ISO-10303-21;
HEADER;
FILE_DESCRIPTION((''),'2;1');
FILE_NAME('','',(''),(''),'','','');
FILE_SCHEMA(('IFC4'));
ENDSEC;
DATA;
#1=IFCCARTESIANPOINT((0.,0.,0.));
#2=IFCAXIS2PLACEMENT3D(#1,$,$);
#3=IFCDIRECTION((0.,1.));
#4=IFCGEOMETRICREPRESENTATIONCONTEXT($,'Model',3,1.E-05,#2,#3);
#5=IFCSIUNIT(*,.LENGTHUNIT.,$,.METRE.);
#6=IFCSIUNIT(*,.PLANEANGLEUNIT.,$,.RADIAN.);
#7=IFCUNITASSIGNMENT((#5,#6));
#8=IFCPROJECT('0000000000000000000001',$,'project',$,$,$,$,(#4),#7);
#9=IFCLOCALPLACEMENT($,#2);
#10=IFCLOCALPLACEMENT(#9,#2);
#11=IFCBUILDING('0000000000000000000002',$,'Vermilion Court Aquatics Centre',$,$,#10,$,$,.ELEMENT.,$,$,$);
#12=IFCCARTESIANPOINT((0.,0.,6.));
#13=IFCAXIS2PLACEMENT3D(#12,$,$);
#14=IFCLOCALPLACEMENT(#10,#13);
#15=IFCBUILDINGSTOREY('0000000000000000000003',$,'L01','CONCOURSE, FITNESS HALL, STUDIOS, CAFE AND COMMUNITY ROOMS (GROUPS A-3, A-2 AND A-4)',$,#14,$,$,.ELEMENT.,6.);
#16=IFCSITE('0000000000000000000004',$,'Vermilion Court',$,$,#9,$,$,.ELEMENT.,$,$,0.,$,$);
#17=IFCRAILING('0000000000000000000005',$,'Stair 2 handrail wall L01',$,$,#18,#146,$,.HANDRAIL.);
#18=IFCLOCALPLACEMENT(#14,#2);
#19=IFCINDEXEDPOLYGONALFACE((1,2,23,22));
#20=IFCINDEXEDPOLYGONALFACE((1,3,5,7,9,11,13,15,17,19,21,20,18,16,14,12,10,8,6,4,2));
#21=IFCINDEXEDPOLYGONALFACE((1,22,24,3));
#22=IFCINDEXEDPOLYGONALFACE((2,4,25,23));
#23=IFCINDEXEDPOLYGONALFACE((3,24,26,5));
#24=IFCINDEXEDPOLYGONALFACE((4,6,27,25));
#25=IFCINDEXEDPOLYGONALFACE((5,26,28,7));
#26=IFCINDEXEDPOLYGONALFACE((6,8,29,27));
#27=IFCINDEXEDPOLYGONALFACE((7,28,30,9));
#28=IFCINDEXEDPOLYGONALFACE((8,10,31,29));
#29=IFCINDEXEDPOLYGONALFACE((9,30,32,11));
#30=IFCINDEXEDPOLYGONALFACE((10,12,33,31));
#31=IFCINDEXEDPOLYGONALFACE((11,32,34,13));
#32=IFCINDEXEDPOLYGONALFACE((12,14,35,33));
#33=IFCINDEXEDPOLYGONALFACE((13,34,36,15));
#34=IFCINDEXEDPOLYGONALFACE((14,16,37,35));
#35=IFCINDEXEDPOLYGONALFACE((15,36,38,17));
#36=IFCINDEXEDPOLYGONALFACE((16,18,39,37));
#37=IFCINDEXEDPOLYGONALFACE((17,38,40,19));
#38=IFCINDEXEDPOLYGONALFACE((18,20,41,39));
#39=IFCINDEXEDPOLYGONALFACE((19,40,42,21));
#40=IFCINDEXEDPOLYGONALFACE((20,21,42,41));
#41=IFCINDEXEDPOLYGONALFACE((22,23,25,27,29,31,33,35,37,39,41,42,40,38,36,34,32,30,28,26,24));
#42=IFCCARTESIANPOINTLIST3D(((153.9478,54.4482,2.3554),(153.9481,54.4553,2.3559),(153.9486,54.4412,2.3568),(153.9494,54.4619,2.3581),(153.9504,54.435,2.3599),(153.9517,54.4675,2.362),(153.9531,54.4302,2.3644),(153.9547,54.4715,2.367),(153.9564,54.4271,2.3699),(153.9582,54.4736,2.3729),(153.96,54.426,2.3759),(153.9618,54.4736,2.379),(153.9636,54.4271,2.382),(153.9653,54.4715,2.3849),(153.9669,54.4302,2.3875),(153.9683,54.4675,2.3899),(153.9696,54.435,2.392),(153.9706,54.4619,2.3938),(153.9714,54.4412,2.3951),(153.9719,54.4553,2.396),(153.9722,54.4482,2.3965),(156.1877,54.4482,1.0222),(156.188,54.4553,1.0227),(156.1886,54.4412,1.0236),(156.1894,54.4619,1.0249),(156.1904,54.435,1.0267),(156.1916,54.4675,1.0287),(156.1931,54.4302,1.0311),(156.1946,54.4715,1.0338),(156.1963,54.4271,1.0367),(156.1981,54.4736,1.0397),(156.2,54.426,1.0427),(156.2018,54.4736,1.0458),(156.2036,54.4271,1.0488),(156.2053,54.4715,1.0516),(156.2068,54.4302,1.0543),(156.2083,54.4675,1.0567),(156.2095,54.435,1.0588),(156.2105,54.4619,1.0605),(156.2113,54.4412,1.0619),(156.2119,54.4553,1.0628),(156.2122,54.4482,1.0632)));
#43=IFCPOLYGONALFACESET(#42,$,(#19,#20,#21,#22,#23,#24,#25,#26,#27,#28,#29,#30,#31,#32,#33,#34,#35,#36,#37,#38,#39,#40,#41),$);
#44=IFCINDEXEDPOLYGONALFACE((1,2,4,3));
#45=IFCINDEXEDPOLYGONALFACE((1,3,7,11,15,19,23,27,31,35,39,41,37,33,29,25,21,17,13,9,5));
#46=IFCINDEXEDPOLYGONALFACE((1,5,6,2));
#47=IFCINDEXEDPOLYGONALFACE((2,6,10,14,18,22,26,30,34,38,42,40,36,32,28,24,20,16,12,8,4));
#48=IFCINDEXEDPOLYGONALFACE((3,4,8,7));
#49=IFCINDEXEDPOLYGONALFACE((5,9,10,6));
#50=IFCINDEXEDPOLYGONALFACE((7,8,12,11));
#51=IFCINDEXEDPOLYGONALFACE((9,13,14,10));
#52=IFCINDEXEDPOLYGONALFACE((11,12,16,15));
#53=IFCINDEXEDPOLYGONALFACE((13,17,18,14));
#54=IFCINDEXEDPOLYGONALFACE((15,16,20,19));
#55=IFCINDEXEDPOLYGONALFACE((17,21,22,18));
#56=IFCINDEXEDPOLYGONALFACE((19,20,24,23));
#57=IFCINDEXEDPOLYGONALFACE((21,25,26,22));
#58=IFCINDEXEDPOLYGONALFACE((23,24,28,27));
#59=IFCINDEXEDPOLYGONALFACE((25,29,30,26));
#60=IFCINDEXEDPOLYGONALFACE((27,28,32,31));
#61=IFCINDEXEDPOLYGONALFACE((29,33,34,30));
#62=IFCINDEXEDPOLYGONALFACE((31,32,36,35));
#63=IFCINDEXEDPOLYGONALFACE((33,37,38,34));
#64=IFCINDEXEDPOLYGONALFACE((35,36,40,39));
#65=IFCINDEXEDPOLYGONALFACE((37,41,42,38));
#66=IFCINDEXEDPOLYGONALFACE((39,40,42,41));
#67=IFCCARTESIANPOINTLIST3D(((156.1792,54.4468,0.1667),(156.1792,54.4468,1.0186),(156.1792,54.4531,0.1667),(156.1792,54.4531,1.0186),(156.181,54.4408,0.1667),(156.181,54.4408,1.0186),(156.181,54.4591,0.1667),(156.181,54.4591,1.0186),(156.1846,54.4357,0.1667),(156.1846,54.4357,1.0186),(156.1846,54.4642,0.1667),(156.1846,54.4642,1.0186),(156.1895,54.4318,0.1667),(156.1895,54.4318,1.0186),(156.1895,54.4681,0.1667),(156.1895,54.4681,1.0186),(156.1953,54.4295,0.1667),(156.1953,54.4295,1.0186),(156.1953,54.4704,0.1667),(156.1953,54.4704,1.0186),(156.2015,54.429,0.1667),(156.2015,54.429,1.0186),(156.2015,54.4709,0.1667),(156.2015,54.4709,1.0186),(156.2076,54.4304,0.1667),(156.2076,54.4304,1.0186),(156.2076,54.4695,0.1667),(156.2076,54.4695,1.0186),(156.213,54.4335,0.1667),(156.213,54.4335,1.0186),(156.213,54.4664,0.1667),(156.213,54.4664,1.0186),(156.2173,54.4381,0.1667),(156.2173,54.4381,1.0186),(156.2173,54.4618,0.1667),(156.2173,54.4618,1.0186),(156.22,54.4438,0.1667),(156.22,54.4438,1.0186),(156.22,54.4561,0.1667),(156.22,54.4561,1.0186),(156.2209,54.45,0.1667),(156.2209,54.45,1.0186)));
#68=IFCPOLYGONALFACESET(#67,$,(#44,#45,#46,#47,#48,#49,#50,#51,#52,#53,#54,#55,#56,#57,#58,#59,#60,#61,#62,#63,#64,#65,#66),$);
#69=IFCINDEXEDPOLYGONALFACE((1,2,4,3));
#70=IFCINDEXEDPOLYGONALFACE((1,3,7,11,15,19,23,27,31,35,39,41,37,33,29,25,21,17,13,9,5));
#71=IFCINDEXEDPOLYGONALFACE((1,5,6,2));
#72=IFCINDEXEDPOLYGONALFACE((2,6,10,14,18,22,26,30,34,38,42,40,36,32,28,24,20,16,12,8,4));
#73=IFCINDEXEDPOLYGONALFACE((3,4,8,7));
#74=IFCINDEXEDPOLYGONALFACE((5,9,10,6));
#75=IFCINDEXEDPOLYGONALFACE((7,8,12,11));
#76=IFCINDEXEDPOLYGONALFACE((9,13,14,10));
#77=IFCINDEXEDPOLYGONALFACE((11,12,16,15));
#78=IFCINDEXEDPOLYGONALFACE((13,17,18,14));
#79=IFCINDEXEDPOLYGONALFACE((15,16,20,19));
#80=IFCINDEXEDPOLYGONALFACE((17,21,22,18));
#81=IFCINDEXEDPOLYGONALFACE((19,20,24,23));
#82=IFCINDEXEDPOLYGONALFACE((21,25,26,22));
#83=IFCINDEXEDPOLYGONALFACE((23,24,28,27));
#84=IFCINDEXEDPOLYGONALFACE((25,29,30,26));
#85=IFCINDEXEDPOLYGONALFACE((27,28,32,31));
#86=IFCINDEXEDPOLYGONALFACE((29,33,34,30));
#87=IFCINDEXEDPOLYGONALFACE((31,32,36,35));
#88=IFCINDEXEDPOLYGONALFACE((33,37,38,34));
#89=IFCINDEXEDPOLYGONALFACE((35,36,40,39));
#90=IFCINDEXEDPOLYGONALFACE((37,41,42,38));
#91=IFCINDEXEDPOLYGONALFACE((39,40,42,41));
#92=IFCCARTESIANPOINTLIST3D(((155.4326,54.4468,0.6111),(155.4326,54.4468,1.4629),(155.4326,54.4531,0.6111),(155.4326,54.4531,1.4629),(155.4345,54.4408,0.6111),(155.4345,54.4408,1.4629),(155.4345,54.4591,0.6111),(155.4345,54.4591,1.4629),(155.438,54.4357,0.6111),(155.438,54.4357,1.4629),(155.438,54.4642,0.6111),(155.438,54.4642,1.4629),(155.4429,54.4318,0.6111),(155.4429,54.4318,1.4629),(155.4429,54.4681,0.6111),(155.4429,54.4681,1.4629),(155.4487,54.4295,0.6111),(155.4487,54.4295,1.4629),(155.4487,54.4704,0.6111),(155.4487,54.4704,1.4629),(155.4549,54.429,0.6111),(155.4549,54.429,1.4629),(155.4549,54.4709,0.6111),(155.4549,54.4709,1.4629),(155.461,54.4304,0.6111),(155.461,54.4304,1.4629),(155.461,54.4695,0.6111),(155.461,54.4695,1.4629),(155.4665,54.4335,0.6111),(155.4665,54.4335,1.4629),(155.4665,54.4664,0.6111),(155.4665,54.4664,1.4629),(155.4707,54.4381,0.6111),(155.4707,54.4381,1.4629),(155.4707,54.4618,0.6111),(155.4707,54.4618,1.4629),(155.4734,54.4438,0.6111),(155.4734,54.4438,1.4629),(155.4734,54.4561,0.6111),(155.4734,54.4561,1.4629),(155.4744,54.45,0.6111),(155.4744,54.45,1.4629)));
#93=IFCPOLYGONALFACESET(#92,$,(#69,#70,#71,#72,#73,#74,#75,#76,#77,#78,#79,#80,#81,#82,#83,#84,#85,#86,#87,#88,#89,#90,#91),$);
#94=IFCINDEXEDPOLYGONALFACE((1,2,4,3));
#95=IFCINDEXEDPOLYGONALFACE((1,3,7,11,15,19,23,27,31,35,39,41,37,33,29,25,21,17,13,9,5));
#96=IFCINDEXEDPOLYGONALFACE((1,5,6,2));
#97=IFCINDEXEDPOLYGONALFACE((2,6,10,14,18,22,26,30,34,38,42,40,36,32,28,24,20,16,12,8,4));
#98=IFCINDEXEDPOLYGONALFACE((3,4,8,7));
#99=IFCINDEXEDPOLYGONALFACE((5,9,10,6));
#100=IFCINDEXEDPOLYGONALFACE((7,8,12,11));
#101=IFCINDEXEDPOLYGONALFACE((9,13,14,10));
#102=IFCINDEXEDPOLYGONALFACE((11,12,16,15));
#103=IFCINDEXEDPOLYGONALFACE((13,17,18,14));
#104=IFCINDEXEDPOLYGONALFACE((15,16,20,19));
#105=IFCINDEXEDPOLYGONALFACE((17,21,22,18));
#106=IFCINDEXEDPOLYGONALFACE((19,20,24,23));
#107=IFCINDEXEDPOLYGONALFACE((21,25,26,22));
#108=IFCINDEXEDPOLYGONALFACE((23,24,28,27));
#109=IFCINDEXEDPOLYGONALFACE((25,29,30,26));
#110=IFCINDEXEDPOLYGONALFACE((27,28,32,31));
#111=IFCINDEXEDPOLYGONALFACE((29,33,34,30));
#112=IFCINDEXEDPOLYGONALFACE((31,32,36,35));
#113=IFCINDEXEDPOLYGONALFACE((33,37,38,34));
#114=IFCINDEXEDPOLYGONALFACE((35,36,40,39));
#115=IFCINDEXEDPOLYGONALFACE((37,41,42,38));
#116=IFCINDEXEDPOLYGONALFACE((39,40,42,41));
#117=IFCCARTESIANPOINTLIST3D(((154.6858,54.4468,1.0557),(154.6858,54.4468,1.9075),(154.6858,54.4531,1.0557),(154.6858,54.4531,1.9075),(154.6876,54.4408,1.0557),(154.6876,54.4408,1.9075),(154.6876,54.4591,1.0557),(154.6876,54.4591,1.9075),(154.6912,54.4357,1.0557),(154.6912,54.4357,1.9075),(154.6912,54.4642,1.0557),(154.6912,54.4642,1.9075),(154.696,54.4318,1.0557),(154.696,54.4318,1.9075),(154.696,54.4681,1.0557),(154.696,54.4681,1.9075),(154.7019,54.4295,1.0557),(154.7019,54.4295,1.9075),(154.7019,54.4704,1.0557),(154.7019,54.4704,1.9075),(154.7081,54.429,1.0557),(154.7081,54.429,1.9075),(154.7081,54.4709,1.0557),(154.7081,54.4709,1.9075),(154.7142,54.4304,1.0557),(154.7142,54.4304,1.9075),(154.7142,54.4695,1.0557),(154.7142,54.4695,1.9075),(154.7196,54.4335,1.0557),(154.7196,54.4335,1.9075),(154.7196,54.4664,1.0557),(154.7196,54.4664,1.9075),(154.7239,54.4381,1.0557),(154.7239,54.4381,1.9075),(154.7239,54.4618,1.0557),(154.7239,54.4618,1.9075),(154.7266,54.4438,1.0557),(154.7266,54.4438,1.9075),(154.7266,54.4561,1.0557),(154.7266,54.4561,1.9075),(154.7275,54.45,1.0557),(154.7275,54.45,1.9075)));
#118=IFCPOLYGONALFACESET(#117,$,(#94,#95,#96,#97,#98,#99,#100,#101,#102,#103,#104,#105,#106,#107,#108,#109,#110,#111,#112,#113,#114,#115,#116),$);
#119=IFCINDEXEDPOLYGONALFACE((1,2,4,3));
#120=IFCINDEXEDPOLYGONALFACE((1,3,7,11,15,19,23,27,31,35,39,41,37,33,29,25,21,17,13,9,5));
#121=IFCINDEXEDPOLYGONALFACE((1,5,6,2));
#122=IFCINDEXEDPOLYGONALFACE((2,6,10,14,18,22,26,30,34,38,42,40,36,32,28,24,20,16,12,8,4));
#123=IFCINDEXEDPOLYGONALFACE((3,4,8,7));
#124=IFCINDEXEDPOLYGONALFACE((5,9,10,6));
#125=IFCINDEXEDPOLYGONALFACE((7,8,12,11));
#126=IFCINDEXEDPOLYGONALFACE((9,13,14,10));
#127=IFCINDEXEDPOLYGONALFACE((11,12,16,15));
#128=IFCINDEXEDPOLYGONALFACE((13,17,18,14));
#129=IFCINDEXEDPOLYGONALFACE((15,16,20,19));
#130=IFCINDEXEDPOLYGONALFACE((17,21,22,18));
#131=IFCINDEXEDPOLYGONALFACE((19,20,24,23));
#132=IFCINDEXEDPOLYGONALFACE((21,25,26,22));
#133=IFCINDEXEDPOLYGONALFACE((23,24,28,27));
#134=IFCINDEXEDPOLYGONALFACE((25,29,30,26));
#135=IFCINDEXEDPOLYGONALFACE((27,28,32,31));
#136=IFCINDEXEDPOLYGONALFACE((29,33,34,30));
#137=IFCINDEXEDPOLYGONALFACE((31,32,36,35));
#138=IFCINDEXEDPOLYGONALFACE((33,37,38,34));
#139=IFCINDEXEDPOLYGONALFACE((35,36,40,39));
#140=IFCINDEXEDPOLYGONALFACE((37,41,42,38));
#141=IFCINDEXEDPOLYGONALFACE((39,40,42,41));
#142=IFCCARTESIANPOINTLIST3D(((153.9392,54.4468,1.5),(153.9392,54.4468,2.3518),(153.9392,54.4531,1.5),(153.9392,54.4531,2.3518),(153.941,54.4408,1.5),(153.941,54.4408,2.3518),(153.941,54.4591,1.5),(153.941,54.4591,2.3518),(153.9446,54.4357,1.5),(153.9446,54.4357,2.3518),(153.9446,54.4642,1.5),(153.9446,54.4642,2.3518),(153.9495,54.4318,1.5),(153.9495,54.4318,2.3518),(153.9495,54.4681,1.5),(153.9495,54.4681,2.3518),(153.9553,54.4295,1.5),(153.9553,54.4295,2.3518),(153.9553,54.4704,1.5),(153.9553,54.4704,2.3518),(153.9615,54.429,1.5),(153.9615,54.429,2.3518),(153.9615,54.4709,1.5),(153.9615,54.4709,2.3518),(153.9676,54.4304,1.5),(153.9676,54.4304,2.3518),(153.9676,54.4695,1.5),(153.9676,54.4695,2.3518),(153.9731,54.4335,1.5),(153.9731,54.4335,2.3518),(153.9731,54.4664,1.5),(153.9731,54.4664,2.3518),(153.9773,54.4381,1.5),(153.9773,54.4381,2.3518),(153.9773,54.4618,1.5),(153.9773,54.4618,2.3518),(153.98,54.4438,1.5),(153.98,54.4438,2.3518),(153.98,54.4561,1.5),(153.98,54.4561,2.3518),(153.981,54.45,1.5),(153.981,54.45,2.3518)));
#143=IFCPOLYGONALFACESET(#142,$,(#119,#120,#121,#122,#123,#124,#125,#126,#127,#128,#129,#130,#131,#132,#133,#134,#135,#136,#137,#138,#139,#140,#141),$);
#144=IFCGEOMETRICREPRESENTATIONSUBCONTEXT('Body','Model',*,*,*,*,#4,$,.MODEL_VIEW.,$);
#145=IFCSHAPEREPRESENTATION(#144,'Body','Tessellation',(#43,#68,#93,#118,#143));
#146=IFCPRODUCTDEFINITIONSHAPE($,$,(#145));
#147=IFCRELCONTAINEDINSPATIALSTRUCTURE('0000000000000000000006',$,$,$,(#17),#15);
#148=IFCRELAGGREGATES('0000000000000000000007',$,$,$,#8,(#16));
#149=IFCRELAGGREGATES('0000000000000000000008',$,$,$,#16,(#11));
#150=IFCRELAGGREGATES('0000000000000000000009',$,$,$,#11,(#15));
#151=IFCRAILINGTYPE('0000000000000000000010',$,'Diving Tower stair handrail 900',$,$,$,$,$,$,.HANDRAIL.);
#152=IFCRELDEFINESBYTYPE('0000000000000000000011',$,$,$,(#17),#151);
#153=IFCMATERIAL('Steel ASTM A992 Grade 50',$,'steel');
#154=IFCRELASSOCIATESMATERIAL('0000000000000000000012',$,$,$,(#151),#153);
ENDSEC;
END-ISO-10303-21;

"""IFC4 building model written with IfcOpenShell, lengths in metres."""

from ifc_helpers import new_model, si_unit, direction, frame, origin, origin_2d, place, context, subcontext, project, spatial, circle, extrude, material, type_object, element, save


model = new_model("IFC4")

# Units and contexts
model_context = context("Model", 3, precision=1e-05, world=origin(), true_north=direction((0.0, 1.0)))
body_context = subcontext(model_context, "Body", "Model", "MODEL_VIEW")
ifc_project = project(units=[si_unit("LENGTHUNIT", "METRE"), si_unit("PLANEANGLEUNIT", "RADIAN")], contexts=[model_context])

# Site, building, storey
site_placement = place(None, origin())
site = spatial("IfcSite", under=ifc_project, at=site_placement, Name="Vermilion Court", CompositionType="ELEMENT", RefElevation=0.0)
building_placement = place(site_placement, origin())
building = spatial("IfcBuilding", under=site, at=building_placement, Name="Vermilion Court Aquatics Centre", CompositionType="ELEMENT")
storey_placement = place(building_placement, frame((0.0, 0.0, 6.0)))
storey = spatial("IfcBuildingStorey", under=building, at=storey_placement, Name="L01", Description="CONCOURSE, FITNESS HALL, STUDIOS, CAFE AND COMMUNITY ROOMS (GROUPS A-3, A-2 AND A-4)", CompositionType="ELEMENT", Elevation=6.0)

# Railing
ifc_material_1 = material(Name="Steel ASTM A992 Grade 50", Category="steel")
railing_type_1 = type_object("IfcRailingType", Name="Diving Tower stair handrail 900", PredefinedType="HANDRAIL", material=ifc_material_1)
for number, where, name in (
    (1, (156.2, 54.45, 0.1667), "Stair 2 handrail wall L01"),
):
    element("IfcRailing", number, at=place(storey_placement, frame(where)), inside=storey, type_object=railing_type_1, Name=name, PredefinedType="HANDRAIL", context=body_context, shape_type="SweptSolid", body=[
        extrude(circle(Radius=0.0239, at=origin_2d()), frame((0.0, 0.0, 0.876), z_axis=(-0.859306, 0.0, 0.511462), x_axis=(0.0, -1.0, 0.0)), (0.0, 0.0, 1.0), 2.6067),
        extrude(circle(Radius=0.021, at=origin_2d()), origin(), (0.0, 0.0, 1.0), 0.8518),
        extrude(circle(Radius=0.021, at=origin_2d()), frame((-0.7466, 0.0, 0.4443)), (0.0, 0.0, 1.0), 0.8518),
        extrude(circle(Radius=0.021, at=origin_2d()), frame((-1.4934, 0.0, 0.8889)), (0.0, 0.0, 1.0), 0.8518),
        extrude(circle(Radius=0.021, at=origin_2d()), frame((-2.24, 0.0, 1.3333)), (0.0, 0.0, 1.0), 0.8518),
    ])

save(model, "model.ifc")
